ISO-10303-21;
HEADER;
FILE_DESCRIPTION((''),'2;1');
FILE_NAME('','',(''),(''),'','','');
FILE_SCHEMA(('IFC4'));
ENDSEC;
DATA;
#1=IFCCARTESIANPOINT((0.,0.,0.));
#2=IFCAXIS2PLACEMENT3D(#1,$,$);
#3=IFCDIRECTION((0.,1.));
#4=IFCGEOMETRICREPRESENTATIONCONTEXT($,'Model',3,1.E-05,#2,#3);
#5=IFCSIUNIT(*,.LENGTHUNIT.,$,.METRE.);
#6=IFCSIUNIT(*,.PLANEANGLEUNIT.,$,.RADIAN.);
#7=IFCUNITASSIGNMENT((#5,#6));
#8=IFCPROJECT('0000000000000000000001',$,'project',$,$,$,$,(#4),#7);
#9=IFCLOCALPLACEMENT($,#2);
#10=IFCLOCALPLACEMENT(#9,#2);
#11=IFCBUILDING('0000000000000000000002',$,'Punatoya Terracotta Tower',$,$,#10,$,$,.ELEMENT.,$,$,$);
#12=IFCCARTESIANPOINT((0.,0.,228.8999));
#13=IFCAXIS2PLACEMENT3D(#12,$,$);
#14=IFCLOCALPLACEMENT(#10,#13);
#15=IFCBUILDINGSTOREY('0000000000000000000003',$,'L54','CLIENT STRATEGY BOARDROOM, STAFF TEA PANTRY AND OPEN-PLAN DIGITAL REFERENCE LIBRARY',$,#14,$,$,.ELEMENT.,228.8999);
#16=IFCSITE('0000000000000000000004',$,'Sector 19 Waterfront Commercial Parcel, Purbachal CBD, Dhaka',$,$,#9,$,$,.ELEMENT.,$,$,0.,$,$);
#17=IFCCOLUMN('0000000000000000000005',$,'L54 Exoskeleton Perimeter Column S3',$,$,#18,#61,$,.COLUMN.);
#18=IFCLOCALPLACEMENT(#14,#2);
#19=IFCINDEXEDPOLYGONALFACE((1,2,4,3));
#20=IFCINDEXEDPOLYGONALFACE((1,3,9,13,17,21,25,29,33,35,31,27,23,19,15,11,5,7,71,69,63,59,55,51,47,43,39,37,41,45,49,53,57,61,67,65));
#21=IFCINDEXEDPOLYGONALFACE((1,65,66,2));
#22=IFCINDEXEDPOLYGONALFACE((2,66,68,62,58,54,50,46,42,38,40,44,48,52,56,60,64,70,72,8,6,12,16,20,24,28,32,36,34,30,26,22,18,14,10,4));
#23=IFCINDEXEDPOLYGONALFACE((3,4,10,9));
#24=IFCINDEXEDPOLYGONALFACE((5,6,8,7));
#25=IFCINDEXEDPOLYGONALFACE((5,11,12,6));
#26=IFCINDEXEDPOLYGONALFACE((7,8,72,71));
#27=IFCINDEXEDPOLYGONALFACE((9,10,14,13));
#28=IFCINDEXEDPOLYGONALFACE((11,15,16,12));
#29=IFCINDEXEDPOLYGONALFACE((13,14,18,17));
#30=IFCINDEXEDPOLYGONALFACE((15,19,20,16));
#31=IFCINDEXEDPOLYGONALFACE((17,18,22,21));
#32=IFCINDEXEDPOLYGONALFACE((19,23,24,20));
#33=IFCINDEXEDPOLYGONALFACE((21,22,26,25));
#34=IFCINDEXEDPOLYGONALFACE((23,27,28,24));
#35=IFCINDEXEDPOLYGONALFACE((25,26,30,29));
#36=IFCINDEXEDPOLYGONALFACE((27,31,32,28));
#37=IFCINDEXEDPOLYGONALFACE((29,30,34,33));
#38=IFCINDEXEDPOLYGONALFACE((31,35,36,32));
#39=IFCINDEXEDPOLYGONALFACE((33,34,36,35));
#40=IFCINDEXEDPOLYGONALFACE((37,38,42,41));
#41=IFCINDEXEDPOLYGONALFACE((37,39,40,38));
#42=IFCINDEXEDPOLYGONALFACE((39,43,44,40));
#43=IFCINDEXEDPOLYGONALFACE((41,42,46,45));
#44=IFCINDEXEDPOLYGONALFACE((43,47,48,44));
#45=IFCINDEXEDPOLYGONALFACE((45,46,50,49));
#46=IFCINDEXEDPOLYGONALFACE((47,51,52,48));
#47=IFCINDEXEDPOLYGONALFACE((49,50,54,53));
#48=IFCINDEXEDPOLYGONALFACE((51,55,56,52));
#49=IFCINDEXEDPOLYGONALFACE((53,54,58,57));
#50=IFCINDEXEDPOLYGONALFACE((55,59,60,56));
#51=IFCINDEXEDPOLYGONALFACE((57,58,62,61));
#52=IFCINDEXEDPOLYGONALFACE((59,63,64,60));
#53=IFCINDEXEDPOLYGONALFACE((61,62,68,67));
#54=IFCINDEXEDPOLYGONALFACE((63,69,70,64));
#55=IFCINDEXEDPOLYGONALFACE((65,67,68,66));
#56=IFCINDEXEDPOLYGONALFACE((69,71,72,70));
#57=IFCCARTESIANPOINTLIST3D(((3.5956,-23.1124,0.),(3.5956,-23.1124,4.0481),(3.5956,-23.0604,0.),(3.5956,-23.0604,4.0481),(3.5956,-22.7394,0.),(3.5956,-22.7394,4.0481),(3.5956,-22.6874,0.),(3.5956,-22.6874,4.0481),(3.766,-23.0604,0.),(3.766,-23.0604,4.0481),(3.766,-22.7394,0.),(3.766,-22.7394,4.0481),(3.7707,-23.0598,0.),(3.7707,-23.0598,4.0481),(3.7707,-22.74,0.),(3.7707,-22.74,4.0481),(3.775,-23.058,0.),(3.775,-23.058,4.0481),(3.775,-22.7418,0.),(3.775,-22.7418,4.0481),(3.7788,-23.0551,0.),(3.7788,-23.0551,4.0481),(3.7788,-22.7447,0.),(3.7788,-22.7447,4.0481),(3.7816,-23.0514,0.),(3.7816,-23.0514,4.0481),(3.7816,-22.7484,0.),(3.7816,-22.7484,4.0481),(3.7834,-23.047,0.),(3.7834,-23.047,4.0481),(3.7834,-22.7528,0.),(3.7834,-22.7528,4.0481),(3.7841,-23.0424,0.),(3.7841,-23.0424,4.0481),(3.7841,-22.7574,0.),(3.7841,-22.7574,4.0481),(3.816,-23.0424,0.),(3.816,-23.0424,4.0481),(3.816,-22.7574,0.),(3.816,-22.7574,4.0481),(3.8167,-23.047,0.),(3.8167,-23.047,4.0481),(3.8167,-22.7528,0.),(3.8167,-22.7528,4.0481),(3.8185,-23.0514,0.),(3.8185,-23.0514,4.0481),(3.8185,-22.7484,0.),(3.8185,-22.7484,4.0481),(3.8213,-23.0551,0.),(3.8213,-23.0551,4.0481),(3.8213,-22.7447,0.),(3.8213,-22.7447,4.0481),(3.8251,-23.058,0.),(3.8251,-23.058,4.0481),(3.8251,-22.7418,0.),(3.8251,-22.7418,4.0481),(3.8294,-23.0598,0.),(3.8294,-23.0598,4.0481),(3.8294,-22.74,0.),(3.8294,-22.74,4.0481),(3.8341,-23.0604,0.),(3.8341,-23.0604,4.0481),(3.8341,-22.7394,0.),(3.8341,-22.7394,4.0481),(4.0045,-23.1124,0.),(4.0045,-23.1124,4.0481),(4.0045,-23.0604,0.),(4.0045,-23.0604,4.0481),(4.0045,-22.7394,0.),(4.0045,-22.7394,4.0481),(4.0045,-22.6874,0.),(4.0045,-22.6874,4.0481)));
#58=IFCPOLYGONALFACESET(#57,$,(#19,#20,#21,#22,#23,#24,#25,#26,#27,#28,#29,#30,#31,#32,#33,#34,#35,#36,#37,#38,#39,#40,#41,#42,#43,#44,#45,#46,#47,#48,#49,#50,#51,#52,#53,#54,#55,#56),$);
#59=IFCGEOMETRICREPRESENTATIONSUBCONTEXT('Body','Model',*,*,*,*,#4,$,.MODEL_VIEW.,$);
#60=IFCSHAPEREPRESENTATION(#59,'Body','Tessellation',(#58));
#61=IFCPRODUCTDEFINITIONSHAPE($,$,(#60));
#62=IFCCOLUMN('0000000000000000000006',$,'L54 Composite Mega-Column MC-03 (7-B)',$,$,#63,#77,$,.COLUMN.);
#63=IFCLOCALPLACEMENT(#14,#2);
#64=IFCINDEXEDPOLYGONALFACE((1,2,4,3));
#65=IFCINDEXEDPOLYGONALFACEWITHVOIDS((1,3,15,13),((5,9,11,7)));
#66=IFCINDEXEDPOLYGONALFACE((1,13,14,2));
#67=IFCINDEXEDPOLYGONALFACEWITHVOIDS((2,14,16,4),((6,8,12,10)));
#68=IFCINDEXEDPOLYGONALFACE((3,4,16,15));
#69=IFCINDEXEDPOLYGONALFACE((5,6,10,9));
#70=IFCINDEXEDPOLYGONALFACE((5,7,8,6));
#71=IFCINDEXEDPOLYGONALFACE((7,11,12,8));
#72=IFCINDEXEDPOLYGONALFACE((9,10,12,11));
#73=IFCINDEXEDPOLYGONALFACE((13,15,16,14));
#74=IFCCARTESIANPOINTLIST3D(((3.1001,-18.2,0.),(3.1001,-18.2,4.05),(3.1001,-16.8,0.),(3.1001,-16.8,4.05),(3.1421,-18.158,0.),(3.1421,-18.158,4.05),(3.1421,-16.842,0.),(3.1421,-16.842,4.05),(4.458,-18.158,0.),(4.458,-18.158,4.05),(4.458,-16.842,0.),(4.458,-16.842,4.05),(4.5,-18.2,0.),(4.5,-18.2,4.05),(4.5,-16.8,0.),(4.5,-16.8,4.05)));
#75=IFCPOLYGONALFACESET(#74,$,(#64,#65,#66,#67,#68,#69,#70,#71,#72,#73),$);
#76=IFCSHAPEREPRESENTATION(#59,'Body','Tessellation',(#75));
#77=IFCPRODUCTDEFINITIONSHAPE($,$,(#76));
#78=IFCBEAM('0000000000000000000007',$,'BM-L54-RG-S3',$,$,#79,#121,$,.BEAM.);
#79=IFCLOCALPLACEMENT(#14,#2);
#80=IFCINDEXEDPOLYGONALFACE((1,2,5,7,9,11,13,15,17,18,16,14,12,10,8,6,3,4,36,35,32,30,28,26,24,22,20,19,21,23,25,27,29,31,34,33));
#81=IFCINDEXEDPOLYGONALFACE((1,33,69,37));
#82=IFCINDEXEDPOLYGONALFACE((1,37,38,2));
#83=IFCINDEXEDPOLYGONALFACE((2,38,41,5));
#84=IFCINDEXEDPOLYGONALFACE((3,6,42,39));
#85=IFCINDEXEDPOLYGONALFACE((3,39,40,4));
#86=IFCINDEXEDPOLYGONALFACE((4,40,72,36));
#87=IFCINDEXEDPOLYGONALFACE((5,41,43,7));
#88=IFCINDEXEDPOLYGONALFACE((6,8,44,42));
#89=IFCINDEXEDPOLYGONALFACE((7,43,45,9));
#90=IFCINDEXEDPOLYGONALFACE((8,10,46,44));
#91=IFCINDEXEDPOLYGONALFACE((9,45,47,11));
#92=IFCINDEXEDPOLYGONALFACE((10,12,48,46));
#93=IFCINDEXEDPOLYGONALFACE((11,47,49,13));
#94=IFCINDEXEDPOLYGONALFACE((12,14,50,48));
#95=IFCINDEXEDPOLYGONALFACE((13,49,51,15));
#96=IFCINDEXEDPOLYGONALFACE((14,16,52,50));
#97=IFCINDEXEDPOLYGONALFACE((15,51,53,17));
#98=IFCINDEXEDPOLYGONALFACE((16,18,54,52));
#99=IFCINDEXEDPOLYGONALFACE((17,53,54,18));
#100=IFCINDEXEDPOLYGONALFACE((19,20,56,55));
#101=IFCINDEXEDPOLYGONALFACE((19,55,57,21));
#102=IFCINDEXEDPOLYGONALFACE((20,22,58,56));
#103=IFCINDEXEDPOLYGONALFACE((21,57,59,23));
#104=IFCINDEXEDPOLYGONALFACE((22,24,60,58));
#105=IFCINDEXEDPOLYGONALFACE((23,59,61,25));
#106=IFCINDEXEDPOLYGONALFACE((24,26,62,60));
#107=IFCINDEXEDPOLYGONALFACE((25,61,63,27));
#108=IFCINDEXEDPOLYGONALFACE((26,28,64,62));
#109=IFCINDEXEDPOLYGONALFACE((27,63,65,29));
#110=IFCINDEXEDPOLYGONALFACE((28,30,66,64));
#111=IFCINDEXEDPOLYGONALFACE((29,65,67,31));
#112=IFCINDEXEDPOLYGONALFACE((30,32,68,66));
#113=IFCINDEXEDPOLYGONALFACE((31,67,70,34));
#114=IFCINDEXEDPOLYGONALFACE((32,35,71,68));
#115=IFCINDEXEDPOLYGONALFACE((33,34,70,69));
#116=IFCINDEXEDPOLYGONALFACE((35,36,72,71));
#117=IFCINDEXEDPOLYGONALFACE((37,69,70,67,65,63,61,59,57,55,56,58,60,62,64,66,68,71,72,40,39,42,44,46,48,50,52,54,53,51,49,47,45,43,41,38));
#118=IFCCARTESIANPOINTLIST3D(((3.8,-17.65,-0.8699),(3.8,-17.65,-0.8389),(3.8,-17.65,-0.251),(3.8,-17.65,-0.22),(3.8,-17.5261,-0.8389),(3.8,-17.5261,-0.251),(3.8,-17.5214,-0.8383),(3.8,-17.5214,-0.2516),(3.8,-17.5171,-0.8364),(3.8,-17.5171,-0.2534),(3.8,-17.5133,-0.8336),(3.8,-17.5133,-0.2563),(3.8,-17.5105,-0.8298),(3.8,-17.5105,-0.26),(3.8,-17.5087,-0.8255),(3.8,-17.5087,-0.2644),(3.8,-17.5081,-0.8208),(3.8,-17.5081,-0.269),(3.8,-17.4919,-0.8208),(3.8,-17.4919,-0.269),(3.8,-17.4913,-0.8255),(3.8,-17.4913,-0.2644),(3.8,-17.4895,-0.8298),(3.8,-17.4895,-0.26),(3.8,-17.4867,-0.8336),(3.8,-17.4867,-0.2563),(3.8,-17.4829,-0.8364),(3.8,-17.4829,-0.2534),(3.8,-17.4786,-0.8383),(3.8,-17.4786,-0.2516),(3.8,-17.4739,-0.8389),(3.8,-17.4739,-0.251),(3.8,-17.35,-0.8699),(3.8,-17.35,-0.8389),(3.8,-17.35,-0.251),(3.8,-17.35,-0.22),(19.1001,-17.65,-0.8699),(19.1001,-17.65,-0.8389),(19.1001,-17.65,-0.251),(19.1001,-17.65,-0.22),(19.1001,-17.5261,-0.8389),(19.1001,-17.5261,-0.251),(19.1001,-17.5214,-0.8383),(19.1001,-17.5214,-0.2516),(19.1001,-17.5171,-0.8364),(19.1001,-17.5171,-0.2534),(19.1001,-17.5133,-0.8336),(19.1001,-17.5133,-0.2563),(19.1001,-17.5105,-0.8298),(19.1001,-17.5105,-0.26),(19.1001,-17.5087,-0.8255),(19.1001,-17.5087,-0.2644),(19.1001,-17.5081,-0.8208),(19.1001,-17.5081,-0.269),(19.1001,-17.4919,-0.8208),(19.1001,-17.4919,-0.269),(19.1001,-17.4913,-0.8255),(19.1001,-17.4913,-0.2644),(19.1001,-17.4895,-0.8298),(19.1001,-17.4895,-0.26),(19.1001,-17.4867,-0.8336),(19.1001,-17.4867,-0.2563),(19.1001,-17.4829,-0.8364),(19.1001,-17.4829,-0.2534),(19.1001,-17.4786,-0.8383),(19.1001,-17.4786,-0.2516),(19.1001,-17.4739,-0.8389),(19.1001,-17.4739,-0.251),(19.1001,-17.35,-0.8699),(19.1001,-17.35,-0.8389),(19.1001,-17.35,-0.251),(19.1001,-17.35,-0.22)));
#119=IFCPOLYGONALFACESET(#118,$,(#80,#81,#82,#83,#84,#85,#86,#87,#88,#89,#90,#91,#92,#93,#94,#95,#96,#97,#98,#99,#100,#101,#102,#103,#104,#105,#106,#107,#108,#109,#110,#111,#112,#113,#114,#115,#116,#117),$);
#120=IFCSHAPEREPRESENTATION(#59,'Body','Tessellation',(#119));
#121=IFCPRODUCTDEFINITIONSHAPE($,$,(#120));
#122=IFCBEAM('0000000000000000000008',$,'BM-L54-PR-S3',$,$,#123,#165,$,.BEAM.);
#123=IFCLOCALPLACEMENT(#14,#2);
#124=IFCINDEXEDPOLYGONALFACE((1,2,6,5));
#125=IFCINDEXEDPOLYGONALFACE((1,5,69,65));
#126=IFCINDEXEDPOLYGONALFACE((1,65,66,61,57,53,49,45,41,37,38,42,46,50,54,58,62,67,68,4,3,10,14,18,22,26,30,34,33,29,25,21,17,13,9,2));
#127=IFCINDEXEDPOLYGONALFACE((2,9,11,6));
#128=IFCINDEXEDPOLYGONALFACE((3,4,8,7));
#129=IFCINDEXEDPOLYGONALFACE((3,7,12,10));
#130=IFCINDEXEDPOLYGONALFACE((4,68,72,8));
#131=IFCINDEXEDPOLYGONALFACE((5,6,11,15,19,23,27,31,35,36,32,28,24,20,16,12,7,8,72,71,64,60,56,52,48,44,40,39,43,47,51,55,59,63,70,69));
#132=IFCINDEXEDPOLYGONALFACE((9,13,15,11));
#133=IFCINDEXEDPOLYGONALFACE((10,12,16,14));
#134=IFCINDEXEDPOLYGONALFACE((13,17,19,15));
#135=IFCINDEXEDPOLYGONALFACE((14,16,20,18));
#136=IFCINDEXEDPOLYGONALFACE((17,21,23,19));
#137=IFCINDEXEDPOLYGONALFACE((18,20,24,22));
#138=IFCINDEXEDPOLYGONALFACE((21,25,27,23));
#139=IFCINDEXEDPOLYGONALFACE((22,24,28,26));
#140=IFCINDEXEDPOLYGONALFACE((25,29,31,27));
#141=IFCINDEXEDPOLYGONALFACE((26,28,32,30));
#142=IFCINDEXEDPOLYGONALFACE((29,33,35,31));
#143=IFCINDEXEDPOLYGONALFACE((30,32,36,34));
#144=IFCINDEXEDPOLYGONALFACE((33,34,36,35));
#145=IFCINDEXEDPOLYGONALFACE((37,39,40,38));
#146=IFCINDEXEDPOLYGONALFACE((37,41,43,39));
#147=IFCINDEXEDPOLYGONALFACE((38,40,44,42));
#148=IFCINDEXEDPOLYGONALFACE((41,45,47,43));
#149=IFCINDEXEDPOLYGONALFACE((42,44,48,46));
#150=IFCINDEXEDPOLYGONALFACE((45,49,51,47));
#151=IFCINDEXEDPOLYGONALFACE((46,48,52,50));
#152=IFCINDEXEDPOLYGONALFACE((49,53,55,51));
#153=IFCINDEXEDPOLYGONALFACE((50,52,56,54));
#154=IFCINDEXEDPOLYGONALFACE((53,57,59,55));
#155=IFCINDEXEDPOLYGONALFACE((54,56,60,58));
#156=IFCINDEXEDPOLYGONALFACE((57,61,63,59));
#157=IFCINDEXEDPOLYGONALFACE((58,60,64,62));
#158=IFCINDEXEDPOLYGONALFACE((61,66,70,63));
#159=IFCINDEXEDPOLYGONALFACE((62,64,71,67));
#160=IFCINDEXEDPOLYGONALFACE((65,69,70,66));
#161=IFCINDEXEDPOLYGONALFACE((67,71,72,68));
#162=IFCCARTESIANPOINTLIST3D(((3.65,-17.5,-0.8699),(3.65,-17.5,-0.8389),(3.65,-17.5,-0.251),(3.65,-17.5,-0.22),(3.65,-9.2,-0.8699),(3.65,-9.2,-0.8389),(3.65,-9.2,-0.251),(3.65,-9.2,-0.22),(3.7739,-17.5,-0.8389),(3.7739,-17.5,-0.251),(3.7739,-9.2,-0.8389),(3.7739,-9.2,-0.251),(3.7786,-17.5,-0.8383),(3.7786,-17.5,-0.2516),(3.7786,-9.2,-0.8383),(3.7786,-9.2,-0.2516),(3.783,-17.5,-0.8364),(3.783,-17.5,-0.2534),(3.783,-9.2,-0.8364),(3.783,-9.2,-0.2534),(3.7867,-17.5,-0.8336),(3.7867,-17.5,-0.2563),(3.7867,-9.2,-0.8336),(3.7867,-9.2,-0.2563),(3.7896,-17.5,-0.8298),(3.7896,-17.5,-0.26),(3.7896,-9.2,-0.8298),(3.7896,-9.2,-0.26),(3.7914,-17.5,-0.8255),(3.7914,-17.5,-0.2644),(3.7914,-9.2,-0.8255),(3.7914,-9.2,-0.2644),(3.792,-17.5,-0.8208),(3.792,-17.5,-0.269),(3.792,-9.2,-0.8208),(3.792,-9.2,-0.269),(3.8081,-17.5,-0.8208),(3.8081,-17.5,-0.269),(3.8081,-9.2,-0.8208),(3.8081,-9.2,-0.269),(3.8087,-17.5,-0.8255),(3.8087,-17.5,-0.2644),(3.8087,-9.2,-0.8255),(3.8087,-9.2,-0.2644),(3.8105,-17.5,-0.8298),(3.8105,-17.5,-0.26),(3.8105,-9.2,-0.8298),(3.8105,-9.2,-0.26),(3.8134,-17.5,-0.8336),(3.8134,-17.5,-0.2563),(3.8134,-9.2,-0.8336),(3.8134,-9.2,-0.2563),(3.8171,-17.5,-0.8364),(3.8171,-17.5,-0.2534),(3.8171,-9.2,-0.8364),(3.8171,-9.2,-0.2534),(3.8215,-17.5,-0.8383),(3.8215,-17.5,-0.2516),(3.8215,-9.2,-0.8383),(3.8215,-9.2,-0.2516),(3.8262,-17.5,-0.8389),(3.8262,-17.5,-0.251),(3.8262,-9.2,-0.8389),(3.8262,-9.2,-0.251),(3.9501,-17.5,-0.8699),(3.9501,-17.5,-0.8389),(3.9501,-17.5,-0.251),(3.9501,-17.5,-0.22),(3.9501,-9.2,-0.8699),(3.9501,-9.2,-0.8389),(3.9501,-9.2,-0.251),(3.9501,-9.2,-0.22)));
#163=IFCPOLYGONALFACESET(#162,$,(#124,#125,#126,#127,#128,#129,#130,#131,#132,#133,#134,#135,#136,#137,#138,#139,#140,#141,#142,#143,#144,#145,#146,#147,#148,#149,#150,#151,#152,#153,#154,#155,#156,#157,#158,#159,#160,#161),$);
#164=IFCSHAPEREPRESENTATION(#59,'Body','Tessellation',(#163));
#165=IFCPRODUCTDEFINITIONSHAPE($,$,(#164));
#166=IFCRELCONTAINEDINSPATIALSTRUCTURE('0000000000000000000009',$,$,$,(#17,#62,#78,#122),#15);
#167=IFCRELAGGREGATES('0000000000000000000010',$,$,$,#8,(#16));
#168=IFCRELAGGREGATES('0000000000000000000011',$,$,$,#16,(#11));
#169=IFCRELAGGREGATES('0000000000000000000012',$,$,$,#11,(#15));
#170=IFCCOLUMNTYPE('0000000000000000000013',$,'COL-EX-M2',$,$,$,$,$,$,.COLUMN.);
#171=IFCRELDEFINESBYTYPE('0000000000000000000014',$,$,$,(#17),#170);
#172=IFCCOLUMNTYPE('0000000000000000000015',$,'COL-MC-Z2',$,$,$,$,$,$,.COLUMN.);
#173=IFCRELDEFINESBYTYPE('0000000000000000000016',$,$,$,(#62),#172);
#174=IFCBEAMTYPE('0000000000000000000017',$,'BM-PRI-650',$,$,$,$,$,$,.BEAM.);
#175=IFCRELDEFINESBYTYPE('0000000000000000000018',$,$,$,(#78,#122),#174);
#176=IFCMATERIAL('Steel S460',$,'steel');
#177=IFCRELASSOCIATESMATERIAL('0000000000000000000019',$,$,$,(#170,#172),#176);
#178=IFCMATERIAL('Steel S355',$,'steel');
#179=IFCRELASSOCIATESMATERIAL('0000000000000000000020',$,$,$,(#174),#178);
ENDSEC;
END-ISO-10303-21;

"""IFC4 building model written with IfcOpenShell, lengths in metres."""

from ifc_helpers import new_model, si_unit, direction, frame, origin, origin_2d, place, context, subcontext, project, spatial, hollow_rectangle, i_section, extrude, material, material_profile, profile_set, type_object, element, save


model = new_model("IFC4")

# Units and contexts
model_context = context("Model", 3, precision=1e-05, world=origin(), true_north=direction((0.0, 1.0)))
body_context = subcontext(model_context, "Body", "Model", "MODEL_VIEW")
ifc_project = project(units=[si_unit("LENGTHUNIT", "METRE"), si_unit("PLANEANGLEUNIT", "RADIAN")], contexts=[model_context])

# Site, building, storey
site_placement = place(None, origin())
site = spatial("IfcSite", under=ifc_project, at=site_placement, Name="Sector 19 Waterfront Commercial Parcel, Purbachal CBD, Dhaka", CompositionType="ELEMENT", RefElevation=0.0)
building_placement = place(site_placement, origin())
building = spatial("IfcBuilding", under=site, at=building_placement, Name="Punatoya Terracotta Tower", CompositionType="ELEMENT")
storey_placement = place(building_placement, frame((0.0, 0.0, 228.8999)))
storey = spatial("IfcBuildingStorey", under=building, at=storey_placement, Name="L54", Description="CLIENT STRATEGY BOARDROOM, STAFF TEA PANTRY AND OPEN-PLAN DIGITAL REFERENCE LIBRARY", CompositionType="ELEMENT", Elevation=228.8999)

# Columns
ifc_material_1 = material(Name="Steel S460", Category="steel")
ifc_material_profile_1 = material_profile(ifc_material_1, i_section(OverallWidth=0.4089, OverallDepth=0.425, WebThickness=0.032, FlangeThickness=0.052, FilletRadius=0.0181, at=origin_2d()))
ifc_profile_set_1 = profile_set([ifc_material_profile_1], Name="Steel S460")
column_type_1 = type_object("IfcColumnType", Name="COL-EX-M2", PredefinedType="COLUMN", material=ifc_profile_set_1)
column_1_placement = place(storey_placement, frame((3.8, -22.8999, 0.0), z_axis=(0.0, 0.0, 1.0), x_axis=(1.0, 0.0, 0.0)))
element("IfcColumn", 1, at=column_1_placement, inside=storey, type_object=column_type_1, Name="L54 Exoskeleton Perimeter Column S3", PredefinedType="COLUMN", context=body_context, shape_type="SweptSolid", body=[
    extrude(i_section(OverallWidth=0.4089, OverallDepth=0.425, WebThickness=0.032, FlangeThickness=0.052, FilletRadius=0.0181, at=origin_2d()), origin(), (0.0, 0.0, 1.0), 4.0481),
])
ifc_material_profile_2 = material_profile(ifc_material_1, hollow_rectangle(XDim=1.3999, YDim=1.3999, WallThickness=0.042, at=origin_2d()))
ifc_profile_set_2 = profile_set([ifc_material_profile_2], Name="Steel S460")
column_type_2 = type_object("IfcColumnType", Name="COL-MC-Z2", PredefinedType="COLUMN", material=ifc_profile_set_2)
column_2_placement = place(storey_placement, frame((3.8, -17.5, 0.0), z_axis=(0.0, 0.0, 1.0), x_axis=(1.0, 0.0, 0.0)))
element("IfcColumn", 2, at=column_2_placement, inside=storey, type_object=column_type_2, Name="L54 Composite Mega-Column MC-03 (7-B)", PredefinedType="COLUMN", context=body_context, shape_type="SweptSolid", body=[
    extrude(hollow_rectangle(XDim=1.3999, YDim=1.3999, WallThickness=0.042, at=origin_2d()), origin(), (0.0, 0.0, 1.0), 4.05),
])

# Beams
ifc_material_2 = material(Name="Steel S355", Category="steel")
ifc_material_profile_3 = material_profile(ifc_material_2, i_section(OverallWidth=0.3, OverallDepth=0.6499, WebThickness=0.0161, FlangeThickness=0.031, FilletRadius=0.0181, at=origin_2d()))
ifc_profile_set_3 = profile_set([ifc_material_profile_3], Name="Steel S355")
beam_type_1 = type_object("IfcBeamType", Name="BM-PRI-650", PredefinedType="BEAM", material=ifc_profile_set_3)
beam_1_placement = place(storey_placement, frame((3.8, -17.5, -0.5449), z_axis=(1.0, 0.0, 0.0), x_axis=(0.0, 1.0, 0.0)))
element("IfcBeam", 3, at=beam_1_placement, inside=storey, type_object=beam_type_1, Name="BM-L54-RG-S3", PredefinedType="BEAM", context=body_context, shape_type="SweptSolid", body=[
    extrude(i_section(OverallWidth=0.3, OverallDepth=0.6499, WebThickness=0.0161, FlangeThickness=0.031, FilletRadius=0.0181, at=origin_2d()), origin(), (0.0, 0.0, 1.0), 15.3),
])
for number, where, z_axis, x_axis, name in (
    (4, (3.8, -17.5, -0.5449), (0.0, 1.0, 0.0), (-1.0, 0.0, 0.0), "BM-L54-PR-S3"),
):
    element("IfcBeam", number, at=place(storey_placement, frame(where, z_axis=z_axis, x_axis=x_axis)), inside=storey, type_object=beam_type_1, Name=name, PredefinedType="BEAM", context=body_context, shape_type="SweptSolid", body=[
        extrude(i_section(OverallWidth=0.3, OverallDepth=0.6499, WebThickness=0.0161, FlangeThickness=0.031, FilletRadius=0.0181, at=origin_2d()), origin(), (0.0, 0.0, 1.0), 8.3),
    ])

save(model, "model.ifc")
